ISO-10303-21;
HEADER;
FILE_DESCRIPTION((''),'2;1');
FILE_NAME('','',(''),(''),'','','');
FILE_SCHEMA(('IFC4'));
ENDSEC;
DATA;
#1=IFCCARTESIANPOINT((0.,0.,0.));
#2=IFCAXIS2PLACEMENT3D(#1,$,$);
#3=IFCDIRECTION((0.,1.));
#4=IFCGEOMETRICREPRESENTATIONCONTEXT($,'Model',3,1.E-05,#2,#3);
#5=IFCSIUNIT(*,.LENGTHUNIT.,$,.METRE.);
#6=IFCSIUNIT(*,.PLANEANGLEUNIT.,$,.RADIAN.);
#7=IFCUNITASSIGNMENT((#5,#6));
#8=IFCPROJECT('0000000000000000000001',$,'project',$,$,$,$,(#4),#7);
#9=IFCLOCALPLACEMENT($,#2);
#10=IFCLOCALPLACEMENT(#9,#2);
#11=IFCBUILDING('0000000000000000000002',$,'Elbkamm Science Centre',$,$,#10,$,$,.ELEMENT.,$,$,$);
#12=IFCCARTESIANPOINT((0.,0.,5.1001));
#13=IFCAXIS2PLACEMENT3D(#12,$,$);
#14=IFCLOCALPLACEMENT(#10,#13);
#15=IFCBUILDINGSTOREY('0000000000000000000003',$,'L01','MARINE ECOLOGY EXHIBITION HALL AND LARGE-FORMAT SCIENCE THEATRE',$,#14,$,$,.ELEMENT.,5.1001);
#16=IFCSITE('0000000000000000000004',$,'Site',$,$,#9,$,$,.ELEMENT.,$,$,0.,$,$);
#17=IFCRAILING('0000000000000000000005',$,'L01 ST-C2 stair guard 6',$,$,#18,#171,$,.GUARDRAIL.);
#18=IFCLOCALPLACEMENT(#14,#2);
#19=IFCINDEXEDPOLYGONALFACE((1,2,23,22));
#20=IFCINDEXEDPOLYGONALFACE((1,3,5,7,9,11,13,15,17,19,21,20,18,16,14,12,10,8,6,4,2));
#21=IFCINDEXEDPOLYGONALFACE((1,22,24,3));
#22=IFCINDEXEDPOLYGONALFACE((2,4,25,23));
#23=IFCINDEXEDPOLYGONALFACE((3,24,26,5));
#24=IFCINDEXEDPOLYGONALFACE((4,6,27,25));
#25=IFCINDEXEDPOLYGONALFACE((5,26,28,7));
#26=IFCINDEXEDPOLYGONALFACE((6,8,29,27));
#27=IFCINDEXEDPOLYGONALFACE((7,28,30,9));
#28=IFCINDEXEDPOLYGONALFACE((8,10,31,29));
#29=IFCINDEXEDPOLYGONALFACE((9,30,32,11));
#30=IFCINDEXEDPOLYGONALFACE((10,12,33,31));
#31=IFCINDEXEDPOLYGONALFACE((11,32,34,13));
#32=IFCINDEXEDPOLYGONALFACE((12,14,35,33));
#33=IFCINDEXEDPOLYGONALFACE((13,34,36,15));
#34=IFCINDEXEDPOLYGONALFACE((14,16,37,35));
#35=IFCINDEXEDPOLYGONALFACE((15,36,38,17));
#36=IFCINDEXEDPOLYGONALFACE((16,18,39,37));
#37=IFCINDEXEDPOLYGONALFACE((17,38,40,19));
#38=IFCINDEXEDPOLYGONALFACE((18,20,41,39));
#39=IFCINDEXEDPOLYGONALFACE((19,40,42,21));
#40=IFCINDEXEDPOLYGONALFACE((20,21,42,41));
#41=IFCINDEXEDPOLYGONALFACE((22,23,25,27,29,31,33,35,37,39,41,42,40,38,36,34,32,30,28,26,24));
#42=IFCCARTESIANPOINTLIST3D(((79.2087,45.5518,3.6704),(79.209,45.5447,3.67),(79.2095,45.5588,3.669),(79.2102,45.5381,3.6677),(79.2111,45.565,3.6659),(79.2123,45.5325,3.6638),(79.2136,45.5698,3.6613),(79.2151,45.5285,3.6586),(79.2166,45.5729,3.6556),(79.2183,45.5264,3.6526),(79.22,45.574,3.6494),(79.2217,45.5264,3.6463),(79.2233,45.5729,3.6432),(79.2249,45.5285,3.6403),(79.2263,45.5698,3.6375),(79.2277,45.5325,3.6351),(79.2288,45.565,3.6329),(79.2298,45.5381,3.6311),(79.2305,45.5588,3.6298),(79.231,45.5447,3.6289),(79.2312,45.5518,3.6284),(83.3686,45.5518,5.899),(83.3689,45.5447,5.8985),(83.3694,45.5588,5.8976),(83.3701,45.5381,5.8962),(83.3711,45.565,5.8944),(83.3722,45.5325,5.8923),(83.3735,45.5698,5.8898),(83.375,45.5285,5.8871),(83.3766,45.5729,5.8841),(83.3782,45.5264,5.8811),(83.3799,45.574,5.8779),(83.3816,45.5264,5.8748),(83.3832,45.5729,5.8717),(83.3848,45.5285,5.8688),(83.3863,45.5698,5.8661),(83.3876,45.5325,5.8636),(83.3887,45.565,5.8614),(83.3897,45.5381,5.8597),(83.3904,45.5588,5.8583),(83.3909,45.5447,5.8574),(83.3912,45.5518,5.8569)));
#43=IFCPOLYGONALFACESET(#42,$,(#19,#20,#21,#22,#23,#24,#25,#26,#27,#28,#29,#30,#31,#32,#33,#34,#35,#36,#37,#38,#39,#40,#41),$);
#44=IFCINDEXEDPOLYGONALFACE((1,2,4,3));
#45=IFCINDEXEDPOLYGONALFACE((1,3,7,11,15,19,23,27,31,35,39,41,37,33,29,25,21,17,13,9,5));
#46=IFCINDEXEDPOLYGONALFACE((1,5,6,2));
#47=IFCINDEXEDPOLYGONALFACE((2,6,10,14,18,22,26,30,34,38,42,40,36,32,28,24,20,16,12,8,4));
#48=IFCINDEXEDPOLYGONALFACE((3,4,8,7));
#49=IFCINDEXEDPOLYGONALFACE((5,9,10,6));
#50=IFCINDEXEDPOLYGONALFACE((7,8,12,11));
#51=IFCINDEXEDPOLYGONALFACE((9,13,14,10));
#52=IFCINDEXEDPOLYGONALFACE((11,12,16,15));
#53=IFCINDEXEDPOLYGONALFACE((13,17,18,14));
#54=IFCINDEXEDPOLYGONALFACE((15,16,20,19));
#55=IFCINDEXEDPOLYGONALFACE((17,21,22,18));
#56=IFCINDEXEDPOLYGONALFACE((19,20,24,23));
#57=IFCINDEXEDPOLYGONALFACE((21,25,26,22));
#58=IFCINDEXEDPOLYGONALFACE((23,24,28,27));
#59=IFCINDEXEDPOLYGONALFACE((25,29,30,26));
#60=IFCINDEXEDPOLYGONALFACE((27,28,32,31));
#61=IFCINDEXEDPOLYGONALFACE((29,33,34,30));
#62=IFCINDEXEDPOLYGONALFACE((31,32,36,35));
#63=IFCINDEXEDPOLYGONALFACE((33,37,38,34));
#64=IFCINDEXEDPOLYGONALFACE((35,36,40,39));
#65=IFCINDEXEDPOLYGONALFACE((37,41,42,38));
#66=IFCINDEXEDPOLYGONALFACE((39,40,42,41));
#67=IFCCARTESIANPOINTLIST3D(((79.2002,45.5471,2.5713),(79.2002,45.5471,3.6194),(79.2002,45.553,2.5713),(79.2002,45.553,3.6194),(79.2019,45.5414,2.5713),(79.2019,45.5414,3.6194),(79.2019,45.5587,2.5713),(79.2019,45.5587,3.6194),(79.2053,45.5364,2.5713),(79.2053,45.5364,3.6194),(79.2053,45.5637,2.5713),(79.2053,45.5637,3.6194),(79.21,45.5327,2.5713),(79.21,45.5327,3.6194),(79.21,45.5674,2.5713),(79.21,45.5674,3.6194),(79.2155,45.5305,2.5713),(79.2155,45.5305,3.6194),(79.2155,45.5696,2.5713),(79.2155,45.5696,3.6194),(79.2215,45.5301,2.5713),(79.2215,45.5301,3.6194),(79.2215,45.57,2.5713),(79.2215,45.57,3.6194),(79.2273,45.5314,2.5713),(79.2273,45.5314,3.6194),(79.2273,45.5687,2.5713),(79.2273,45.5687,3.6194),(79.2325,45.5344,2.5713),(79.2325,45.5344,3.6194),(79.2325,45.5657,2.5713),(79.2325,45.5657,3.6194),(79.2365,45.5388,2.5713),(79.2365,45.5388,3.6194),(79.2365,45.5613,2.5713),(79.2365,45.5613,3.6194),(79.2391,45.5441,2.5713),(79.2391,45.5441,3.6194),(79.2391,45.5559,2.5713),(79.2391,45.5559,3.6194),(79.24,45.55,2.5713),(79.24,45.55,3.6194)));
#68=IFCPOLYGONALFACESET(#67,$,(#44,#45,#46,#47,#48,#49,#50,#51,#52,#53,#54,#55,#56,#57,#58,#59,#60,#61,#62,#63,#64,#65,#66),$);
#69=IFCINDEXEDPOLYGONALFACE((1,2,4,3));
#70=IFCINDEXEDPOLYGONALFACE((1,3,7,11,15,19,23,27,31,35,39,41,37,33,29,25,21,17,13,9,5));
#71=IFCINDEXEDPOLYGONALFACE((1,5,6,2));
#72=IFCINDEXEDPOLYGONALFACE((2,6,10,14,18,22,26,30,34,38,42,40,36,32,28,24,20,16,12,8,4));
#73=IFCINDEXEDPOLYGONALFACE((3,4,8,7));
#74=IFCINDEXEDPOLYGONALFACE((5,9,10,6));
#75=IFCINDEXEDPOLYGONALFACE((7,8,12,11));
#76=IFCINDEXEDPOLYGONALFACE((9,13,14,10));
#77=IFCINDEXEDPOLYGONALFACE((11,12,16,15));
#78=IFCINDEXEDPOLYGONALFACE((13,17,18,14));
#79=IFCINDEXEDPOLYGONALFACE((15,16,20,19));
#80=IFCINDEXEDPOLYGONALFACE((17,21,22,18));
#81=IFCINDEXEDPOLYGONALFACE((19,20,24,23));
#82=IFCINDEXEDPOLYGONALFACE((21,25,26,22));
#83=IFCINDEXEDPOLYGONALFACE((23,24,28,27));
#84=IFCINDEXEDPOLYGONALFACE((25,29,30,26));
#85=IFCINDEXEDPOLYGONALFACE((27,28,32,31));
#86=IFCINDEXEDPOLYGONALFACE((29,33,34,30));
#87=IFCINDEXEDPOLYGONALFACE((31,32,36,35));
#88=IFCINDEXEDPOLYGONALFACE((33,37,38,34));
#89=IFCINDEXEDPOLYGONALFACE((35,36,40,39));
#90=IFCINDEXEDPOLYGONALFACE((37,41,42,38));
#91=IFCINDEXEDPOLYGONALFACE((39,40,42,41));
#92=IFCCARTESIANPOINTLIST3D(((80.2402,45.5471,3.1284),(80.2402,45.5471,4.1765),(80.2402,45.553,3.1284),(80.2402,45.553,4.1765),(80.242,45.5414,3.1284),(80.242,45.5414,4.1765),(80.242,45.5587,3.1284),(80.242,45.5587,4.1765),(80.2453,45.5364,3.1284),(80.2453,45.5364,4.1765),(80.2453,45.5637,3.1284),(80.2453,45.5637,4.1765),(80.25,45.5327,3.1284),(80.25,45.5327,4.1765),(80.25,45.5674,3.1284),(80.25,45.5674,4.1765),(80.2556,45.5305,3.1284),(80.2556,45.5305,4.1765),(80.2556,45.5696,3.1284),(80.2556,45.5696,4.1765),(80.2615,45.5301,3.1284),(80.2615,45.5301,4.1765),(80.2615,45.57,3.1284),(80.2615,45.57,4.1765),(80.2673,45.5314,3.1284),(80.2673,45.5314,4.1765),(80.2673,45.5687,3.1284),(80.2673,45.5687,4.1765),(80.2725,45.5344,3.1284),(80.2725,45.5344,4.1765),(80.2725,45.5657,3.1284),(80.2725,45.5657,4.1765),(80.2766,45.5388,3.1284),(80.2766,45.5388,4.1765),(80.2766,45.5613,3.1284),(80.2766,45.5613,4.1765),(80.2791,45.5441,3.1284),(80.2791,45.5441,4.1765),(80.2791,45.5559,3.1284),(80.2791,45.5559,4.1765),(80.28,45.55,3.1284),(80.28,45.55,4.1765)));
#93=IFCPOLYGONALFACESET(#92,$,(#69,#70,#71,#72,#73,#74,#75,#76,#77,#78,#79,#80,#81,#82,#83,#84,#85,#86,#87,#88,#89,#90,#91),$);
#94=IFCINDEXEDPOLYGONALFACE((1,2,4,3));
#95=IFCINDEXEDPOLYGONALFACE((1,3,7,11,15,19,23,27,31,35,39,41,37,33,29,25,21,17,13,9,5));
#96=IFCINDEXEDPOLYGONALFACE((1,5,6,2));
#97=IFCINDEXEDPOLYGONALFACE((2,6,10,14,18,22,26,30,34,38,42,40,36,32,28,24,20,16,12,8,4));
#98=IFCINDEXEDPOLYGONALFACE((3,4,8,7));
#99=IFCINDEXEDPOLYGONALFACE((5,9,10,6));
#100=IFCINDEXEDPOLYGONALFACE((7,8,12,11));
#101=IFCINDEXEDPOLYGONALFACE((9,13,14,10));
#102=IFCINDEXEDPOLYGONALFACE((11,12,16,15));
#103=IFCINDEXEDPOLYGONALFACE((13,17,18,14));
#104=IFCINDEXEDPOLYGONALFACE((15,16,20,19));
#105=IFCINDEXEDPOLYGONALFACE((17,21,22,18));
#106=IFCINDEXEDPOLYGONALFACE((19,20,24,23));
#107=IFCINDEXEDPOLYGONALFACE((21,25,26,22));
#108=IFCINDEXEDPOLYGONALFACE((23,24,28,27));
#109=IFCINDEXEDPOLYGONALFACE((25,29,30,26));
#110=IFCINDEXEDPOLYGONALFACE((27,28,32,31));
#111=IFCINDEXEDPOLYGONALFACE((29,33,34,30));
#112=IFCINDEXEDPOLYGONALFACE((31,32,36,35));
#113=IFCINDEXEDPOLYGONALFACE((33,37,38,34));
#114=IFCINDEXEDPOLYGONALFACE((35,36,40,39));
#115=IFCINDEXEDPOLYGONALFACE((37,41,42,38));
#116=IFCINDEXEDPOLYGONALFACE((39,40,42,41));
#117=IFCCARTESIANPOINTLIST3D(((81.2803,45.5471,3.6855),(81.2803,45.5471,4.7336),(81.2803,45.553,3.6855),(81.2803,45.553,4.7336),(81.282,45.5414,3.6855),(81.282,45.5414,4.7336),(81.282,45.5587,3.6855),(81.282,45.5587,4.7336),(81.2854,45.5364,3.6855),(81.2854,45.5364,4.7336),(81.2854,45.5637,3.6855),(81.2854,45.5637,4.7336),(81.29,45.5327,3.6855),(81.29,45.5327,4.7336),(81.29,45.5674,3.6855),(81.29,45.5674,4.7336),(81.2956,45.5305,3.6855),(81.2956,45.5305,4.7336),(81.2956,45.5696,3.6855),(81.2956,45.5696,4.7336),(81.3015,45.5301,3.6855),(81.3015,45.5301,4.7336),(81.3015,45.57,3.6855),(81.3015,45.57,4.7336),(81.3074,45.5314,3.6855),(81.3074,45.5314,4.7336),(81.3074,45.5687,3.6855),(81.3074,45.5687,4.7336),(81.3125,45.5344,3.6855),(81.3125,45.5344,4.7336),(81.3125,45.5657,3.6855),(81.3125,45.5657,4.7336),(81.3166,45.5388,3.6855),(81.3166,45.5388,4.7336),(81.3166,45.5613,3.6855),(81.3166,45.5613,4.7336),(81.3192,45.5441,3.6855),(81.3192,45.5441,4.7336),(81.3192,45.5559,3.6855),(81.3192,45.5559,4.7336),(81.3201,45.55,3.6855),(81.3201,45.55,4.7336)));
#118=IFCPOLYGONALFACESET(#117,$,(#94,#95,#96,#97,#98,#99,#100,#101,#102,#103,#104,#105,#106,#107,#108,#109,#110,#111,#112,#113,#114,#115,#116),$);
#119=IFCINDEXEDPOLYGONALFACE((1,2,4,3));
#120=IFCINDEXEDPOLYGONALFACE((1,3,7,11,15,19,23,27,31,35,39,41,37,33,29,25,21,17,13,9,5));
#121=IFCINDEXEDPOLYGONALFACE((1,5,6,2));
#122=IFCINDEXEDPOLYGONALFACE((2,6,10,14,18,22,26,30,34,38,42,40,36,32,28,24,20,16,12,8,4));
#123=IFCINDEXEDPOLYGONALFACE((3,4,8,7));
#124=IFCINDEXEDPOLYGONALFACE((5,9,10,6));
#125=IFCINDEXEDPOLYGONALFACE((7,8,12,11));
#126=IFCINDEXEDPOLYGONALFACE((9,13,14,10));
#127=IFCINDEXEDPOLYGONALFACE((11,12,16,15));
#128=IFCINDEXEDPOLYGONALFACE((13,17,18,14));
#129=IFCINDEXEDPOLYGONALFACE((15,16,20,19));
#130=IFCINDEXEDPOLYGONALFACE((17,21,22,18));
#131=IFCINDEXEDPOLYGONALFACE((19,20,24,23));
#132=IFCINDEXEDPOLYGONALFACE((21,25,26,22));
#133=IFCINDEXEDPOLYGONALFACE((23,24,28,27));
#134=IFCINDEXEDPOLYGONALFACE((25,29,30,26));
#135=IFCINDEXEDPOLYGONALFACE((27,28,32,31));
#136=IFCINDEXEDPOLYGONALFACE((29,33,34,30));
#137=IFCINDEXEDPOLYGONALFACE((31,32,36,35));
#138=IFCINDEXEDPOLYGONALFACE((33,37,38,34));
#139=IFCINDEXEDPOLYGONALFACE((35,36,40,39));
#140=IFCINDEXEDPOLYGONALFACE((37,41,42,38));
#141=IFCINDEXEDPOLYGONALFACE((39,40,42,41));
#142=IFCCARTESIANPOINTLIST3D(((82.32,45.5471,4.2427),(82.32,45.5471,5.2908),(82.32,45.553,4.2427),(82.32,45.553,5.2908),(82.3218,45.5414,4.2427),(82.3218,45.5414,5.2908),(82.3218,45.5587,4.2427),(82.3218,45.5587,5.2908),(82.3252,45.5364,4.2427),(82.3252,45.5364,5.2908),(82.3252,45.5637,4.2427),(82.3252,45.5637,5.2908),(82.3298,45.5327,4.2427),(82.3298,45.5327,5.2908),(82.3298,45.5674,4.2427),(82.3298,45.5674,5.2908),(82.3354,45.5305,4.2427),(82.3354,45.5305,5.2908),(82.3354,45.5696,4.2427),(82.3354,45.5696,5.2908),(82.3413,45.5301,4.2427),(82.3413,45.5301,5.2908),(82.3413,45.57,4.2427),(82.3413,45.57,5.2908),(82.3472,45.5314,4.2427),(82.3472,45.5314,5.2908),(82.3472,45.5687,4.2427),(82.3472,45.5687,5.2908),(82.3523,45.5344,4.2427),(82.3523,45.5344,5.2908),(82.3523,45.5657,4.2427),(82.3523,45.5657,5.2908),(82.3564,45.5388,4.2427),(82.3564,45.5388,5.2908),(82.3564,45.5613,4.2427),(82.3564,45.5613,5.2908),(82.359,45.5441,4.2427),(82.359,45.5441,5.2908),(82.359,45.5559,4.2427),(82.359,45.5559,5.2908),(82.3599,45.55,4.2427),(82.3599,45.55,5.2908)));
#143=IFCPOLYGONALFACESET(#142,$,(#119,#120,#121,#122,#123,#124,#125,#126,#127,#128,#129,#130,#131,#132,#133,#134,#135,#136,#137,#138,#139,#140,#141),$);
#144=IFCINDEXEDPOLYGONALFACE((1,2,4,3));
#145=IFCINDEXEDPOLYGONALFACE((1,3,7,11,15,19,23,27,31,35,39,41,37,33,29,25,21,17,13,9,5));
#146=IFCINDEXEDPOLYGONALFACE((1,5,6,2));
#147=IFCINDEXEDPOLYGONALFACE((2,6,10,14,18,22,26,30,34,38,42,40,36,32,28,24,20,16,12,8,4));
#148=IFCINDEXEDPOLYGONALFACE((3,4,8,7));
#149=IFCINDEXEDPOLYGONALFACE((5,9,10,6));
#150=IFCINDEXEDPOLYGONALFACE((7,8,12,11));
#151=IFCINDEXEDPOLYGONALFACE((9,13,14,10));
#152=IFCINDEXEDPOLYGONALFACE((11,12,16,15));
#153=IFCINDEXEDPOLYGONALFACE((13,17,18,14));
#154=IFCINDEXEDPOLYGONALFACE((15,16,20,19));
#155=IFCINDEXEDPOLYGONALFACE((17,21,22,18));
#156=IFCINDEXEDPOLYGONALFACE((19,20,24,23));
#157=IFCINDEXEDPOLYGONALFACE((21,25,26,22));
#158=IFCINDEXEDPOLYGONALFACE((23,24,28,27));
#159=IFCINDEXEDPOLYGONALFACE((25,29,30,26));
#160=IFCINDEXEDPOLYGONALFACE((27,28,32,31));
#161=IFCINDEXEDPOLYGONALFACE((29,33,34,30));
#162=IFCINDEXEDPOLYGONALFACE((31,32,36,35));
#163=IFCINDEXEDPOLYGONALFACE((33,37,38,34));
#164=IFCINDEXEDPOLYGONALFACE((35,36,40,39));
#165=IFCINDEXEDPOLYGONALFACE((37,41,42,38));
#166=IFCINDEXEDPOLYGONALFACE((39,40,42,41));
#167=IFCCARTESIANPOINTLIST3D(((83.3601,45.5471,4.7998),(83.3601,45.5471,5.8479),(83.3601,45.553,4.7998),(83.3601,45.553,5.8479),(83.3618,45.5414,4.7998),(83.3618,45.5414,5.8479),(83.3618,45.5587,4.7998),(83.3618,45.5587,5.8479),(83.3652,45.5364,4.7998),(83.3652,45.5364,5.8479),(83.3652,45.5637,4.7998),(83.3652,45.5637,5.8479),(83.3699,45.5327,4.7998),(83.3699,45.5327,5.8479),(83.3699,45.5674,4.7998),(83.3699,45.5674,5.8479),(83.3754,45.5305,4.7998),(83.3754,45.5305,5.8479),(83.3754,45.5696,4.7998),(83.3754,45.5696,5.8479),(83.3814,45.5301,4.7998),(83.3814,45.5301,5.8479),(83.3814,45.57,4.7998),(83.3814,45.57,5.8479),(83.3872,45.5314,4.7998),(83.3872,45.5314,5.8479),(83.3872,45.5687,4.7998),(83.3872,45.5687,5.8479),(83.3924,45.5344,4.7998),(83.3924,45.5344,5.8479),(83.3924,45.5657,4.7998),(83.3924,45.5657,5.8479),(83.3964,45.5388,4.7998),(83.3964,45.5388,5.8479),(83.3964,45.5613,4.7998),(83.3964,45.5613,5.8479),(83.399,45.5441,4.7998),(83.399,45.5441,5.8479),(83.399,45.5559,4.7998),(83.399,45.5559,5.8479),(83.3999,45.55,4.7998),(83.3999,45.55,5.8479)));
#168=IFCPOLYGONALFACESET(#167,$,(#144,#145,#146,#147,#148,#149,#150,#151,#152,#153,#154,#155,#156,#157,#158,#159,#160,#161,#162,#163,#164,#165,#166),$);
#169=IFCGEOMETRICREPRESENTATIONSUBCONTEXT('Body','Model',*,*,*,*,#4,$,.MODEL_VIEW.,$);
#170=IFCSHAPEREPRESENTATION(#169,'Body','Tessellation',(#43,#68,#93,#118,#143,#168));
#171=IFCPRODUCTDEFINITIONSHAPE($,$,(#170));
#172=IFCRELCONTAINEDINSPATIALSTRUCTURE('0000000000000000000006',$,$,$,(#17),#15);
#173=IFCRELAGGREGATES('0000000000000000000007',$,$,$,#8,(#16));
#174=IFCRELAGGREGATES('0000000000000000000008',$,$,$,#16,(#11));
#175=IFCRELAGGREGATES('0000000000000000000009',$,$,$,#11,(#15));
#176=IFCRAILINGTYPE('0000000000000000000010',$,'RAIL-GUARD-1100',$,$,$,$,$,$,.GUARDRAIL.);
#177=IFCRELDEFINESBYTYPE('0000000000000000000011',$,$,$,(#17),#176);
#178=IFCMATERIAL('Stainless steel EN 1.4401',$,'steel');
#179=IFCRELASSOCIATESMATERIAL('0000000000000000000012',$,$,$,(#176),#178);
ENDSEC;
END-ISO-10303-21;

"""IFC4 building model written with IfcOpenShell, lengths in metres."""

from ifc_helpers import new_model, si_unit, direction, frame, origin, origin_2d, place, context, subcontext, project, spatial, circle, extrude, material, type_object, element, save


model = new_model("IFC4")

# Units and contexts
model_context = context("Model", 3, precision=1e-05, world=origin(), true_north=direction((0.0, 1.0)))
body_context = subcontext(model_context, "Body", "Model", "MODEL_VIEW")
ifc_project = project(units=[si_unit("LENGTHUNIT", "METRE"), si_unit("PLANEANGLEUNIT", "RADIAN")], contexts=[model_context])

# Site, building, storey
site_placement = place(None, origin())
site = spatial("IfcSite", under=ifc_project, at=site_placement, Name="Site", CompositionType="ELEMENT", RefElevation=0.0)
building_placement = place(site_placement, origin())
building = spatial("IfcBuilding", under=site, at=building_placement, Name="Elbkamm Science Centre", CompositionType="ELEMENT")
storey_placement = place(building_placement, frame((0.0, 0.0, 5.1001)))
storey = spatial("IfcBuildingStorey", under=building, at=storey_placement, Name="L01", Description="MARINE ECOLOGY EXHIBITION HALL AND LARGE-FORMAT SCIENCE THEATRE", CompositionType="ELEMENT", Elevation=5.1001)

# Railing
ifc_material_1 = material(Name="Stainless steel EN 1.4401", Category="steel")
railing_type_1 = type_object("IfcRailingType", Name="RAIL-GUARD-1100", PredefinedType="GUARDRAIL", material=ifc_material_1)
railing_1_placement = place(storey_placement, frame((79.22, 45.55, 2.5713)))
element("IfcRailing", 1, at=railing_1_placement, inside=storey, type_object=railing_type_1, Name="L01 ST-C2 stair guard 6", PredefinedType="GUARDRAIL", context=body_context, shape_type="SweptSolid", body=[
    extrude(circle(Radius=0.0239, at=origin_2d()), frame((0.0, 0.0, 1.0781), z_axis=(0.881481, 0.0, 0.47222), x_axis=(0.0, 1.0, 0.0)), (0.0, 0.0, 1.0), 4.7192),
    extrude(circle(Radius=0.02, at=origin_2d()), origin(), (0.0, 0.0, 1.0), 1.0481),
    extrude(circle(Radius=0.02, at=origin_2d()), frame((1.04, 0.0, 0.5571)), (0.0, 0.0, 1.0), 1.0481),
    extrude(circle(Radius=0.02, at=origin_2d()), frame((2.0801, 0.0, 1.1143)), (0.0, 0.0, 1.0), 1.0481),
    extrude(circle(Radius=0.02, at=origin_2d()), frame((3.1199, 0.0, 1.6714)), (0.0, 0.0, 1.0), 1.0481),
    extrude(circle(Radius=0.02, at=origin_2d()), frame((4.1599, 0.0, 2.2285)), (0.0, 0.0, 1.0), 1.0481),
])

save(model, "model.ifc")
